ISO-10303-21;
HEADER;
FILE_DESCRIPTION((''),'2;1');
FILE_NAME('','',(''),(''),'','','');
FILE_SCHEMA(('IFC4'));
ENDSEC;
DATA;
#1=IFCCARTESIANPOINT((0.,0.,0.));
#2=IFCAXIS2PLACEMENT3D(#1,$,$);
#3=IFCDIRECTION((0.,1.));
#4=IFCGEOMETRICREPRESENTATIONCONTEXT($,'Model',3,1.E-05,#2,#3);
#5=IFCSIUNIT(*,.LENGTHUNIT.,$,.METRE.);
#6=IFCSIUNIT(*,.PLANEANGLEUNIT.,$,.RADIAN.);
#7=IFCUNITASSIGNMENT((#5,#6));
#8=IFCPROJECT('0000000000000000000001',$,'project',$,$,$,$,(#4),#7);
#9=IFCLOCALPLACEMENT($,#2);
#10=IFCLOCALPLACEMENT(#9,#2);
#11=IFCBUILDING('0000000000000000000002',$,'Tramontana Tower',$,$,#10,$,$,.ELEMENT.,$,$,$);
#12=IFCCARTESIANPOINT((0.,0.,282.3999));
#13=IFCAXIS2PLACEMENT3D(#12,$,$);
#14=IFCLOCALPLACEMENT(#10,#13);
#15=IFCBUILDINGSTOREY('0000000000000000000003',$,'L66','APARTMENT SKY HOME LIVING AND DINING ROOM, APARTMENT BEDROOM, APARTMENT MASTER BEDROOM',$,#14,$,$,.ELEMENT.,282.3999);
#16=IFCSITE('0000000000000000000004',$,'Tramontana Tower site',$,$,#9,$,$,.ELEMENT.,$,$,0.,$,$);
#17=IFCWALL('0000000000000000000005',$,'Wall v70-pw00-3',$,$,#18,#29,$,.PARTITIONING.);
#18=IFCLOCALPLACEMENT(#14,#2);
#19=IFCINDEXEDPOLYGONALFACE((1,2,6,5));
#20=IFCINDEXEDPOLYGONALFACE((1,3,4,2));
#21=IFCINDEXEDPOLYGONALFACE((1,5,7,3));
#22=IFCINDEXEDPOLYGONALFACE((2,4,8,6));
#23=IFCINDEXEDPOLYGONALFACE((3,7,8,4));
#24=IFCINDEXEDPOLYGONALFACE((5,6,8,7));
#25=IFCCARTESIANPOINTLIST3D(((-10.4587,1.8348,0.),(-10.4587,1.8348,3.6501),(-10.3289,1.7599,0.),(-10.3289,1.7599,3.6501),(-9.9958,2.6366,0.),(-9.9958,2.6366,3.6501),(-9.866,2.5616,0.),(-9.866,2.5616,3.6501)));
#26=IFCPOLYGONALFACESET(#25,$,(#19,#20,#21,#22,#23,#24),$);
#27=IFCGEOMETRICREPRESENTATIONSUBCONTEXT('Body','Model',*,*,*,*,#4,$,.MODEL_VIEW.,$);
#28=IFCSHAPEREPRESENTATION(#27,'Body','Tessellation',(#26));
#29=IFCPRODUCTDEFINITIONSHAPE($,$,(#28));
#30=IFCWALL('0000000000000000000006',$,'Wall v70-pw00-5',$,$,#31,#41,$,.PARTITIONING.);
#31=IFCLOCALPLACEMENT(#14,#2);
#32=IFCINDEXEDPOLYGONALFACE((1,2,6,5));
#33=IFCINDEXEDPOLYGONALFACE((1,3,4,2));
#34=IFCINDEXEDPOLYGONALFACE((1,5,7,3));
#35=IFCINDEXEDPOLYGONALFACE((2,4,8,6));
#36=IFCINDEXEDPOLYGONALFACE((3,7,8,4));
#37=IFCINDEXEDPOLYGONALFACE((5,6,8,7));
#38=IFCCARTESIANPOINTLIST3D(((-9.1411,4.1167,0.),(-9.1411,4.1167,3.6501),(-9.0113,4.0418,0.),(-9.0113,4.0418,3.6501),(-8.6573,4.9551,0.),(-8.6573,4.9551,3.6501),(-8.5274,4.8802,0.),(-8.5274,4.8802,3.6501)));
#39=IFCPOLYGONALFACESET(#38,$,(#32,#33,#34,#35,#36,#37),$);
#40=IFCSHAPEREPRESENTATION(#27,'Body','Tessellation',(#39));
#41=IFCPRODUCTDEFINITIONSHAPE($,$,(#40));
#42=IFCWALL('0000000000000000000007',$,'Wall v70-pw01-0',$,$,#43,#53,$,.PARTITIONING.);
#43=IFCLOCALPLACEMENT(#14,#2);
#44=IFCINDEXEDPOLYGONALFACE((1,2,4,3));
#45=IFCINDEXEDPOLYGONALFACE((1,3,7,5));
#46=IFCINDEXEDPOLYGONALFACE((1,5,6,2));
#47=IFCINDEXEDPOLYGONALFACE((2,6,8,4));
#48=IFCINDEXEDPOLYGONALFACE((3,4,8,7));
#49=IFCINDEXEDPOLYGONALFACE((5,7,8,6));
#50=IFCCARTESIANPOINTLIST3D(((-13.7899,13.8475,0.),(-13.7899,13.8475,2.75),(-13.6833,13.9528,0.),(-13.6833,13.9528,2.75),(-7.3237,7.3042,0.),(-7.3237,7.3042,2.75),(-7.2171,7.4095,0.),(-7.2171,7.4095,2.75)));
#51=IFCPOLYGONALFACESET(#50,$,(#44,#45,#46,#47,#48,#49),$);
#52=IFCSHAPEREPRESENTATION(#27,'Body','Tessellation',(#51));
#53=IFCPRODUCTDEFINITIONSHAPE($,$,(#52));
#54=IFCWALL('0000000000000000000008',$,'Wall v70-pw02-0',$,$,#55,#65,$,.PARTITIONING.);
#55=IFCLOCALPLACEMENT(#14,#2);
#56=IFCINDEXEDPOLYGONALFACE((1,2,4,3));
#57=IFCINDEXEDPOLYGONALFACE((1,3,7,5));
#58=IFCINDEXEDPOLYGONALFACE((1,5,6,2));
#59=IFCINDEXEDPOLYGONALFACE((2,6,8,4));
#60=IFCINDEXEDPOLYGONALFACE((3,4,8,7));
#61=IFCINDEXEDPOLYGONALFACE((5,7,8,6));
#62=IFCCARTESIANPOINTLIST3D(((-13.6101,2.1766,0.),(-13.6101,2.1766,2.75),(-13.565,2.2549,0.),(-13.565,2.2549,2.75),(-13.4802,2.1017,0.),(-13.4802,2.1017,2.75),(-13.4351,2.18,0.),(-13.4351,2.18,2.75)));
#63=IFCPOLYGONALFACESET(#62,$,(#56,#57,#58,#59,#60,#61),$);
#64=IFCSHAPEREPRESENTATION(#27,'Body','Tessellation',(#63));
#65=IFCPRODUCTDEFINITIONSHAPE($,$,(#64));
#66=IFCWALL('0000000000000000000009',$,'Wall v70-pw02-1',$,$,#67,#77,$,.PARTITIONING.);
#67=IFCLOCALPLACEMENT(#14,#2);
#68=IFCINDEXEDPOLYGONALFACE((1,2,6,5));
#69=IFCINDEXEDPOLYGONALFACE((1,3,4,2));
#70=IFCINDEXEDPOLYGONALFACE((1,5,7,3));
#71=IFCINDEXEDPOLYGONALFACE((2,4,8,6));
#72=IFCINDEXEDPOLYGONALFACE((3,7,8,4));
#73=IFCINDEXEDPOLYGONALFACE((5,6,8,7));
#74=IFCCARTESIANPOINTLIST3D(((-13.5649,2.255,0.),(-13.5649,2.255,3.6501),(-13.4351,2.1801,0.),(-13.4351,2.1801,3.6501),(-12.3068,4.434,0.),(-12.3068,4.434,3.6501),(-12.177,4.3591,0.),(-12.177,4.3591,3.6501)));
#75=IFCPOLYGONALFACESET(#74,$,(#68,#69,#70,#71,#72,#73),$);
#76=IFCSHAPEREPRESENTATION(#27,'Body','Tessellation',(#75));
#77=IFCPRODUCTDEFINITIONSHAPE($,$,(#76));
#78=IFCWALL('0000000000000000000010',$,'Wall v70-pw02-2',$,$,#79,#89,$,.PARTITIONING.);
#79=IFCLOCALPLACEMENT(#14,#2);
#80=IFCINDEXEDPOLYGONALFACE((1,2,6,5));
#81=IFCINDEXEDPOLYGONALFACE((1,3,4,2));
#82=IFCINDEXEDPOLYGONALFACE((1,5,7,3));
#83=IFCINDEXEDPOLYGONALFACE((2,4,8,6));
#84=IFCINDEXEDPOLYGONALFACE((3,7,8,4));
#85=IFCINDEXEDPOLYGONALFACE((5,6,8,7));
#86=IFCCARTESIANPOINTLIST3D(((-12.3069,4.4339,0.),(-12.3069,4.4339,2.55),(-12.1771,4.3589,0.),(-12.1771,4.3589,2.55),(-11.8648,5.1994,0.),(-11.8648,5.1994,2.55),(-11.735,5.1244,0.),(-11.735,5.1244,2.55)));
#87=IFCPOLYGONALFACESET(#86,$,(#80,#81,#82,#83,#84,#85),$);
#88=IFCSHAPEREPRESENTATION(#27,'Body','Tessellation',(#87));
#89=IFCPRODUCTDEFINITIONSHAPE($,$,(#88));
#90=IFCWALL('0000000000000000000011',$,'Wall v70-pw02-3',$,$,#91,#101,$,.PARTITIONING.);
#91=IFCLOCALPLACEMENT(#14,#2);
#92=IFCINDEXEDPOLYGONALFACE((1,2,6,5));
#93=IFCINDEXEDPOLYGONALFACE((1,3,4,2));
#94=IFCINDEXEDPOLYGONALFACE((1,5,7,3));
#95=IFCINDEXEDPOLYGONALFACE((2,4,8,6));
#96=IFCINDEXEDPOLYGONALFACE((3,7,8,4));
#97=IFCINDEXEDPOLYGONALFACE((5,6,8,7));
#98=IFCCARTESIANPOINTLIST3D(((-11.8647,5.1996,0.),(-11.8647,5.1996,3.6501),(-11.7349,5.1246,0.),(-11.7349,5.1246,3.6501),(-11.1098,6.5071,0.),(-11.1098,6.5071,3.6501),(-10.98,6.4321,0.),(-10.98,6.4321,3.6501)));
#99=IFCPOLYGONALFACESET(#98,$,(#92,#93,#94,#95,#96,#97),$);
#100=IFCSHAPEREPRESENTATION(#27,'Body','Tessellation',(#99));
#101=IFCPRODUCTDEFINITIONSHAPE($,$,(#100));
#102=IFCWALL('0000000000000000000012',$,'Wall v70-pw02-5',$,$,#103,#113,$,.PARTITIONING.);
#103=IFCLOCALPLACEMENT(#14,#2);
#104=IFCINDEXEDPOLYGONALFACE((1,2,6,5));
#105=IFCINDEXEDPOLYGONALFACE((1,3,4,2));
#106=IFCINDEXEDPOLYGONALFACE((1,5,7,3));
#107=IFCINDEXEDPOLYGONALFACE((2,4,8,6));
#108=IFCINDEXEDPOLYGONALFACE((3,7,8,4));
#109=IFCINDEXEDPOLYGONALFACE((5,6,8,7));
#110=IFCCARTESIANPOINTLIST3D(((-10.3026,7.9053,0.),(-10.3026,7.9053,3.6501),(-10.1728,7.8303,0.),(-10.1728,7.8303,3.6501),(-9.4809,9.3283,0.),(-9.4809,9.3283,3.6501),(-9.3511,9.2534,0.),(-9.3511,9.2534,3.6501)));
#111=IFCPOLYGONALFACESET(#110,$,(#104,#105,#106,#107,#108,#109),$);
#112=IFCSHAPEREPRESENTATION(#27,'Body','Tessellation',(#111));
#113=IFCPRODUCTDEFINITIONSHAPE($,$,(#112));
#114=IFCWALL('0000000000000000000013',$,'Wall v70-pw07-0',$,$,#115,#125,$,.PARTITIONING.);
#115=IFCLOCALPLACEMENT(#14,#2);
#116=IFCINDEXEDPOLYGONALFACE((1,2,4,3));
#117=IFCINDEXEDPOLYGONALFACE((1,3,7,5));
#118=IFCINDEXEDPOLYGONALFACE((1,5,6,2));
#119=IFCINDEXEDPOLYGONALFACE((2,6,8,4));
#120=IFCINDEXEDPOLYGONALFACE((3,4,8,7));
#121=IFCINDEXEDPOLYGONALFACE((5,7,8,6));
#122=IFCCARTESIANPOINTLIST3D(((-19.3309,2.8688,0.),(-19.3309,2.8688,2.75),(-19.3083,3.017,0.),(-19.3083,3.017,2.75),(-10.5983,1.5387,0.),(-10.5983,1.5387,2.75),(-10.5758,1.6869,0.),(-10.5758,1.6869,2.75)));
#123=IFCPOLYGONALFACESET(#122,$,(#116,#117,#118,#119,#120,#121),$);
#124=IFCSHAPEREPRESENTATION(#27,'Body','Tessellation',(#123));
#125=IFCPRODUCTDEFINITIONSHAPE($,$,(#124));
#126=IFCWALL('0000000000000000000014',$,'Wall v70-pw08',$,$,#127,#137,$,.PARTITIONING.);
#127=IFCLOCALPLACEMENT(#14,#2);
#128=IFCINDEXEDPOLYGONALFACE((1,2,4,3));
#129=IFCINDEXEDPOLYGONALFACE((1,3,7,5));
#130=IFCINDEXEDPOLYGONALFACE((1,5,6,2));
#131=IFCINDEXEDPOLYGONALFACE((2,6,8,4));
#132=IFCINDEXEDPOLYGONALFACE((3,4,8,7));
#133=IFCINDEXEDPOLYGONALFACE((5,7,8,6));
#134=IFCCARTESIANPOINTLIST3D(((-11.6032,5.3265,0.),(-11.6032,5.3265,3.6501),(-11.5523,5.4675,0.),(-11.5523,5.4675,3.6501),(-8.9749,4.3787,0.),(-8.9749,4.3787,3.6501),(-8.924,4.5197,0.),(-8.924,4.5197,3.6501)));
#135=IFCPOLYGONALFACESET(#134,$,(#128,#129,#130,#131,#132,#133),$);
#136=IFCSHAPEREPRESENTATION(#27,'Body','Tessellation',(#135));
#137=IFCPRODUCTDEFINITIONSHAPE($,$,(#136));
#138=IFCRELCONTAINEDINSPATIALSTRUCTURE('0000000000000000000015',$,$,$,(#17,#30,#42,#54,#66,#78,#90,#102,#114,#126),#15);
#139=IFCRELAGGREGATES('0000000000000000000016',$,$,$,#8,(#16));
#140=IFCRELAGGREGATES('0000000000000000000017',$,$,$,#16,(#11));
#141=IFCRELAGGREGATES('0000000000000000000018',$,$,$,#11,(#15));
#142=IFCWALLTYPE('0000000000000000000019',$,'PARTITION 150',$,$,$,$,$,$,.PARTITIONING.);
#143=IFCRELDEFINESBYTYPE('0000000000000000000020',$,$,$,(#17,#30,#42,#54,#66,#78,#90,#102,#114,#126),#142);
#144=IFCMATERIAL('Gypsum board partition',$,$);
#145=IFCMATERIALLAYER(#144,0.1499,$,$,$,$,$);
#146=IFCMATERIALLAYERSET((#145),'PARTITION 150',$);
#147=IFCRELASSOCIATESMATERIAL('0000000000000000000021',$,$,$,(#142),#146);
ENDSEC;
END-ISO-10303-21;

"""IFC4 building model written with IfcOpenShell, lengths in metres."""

from ifc_helpers import new_model, si_unit, direction, frame, frame_2d, origin, place, context, subcontext, project, spatial, rectangle, extrude, material, layer, layer_set, type_object, element, save


model = new_model("IFC4")

# Units and contexts
model_context = context("Model", 3, precision=1e-05, world=origin(), true_north=direction((0.0, 1.0)))
body_context = subcontext(model_context, "Body", "Model", "MODEL_VIEW")
ifc_project = project(units=[si_unit("LENGTHUNIT", "METRE"), si_unit("PLANEANGLEUNIT", "RADIAN")], contexts=[model_context])

# Site, building, storey
site_placement = place(None, origin())
site = spatial("IfcSite", under=ifc_project, at=site_placement, Name="Tramontana Tower site", CompositionType="ELEMENT", RefElevation=0.0)
building_placement = place(site_placement, origin())
building = spatial("IfcBuilding", under=site, at=building_placement, Name="Tramontana Tower", CompositionType="ELEMENT")
storey_placement = place(building_placement, frame((0.0, 0.0, 282.3999)))
storey = spatial("IfcBuildingStorey", under=building, at=storey_placement, Name="L66", Description="APARTMENT SKY HOME LIVING AND DINING ROOM, APARTMENT BEDROOM, APARTMENT MASTER BEDROOM", CompositionType="ELEMENT", Elevation=282.3999)

# Wall
ifc_material_1 = material(Name="Gypsum board partition")
ifc_layer_1 = layer(ifc_material_1, 0.1499)
ifc_layer_set_1 = layer_set([ifc_layer_1], Name="PARTITION 150")
wall_type_1 = type_object("IfcWallType", Name="PARTITION 150", PredefinedType="PARTITIONING", material=ifc_layer_set_1)
wall_1_placement = place(storey_placement, frame((-10.3938, 1.7974, 0.0), z_axis=(0.0, 0.0, 1.0), x_axis=(0.499996, 0.866027, 0.0)))
element("IfcWall", 1, at=wall_1_placement, inside=storey, type_object=wall_type_1, Name="Wall v70-pw00-3", PredefinedType="PARTITIONING", context=body_context, shape_type="SweptSolid", body=[
    extrude(rectangle(XDim=0.9258, YDim=0.1499, at=frame_2d((0.4629, 0.0))), origin(), (0.0, 0.0, 1.0), 3.6501),
])

# Walls
wall_2_placement = place(storey_placement, frame((-9.0762, 4.0793, 0.0), z_axis=(0.0, 0.0, 1.0), x_axis=(0.499883, 0.866093, 0.0)))
element("IfcWall", 2, at=wall_2_placement, inside=storey, type_object=wall_type_1, Name="Wall v70-pw00-5", PredefinedType="PARTITIONING", context=body_context, shape_type="SweptSolid", body=[
    extrude(rectangle(XDim=0.968, YDim=0.1499, at=frame_2d((0.4839, 0.0))), origin(), (0.0, 0.0, 1.0), 3.6501),
])
wall_3_placement = place(storey_placement, frame((-13.7366, 13.9001, 0.0), z_axis=(0.0, 0.0, 1.0), x_axis=(0.702901, -0.711288, 0.0)))
element("IfcWall", 3, at=wall_3_placement, inside=storey, type_object=wall_type_1, Name="Wall v70-pw01-0", PredefinedType="PARTITIONING", context=body_context, shape_type="SweptSolid", body=[
    extrude(rectangle(XDim=9.1992, YDim=0.1499, at=frame_2d((4.5996, 0.0))), origin(), (0.0, 0.0, 1.0), 2.75),
])
wall_4_placement = place(storey_placement, frame((-13.5452, 2.1392, 0.0), z_axis=(0.0, 0.0, 1.0), x_axis=(0.499333, 0.86641, 0.0)))
element("IfcWall", 4, at=wall_4_placement, inside=storey, type_object=wall_type_1, Name="Wall v70-pw02-0", PredefinedType="PARTITIONING", context=body_context, shape_type="SweptSolid", body=[
    extrude(rectangle(XDim=0.0903, YDim=0.1499, at=frame_2d((0.0452, 0.0))), origin(), (0.0, 0.0, 1.0), 2.75),
])
wall_5_placement = place(storey_placement, frame((-13.5, 2.2175, 0.0), z_axis=(0.0, 0.0, 1.0), x_axis=(0.500011, 0.866019, 0.0)))
element("IfcWall", 5, at=wall_5_placement, inside=storey, type_object=wall_type_1, Name="Wall v70-pw02-1", PredefinedType="PARTITIONING", context=body_context, shape_type="SweptSolid", body=[
    extrude(rectangle(XDim=2.5161, YDim=0.1499, at=frame_2d((1.2581, 0.0))), origin(), (0.0, 0.0, 1.0), 3.6501),
])
wall_6_placement = place(storey_placement, frame((-12.2419, 4.3965, 0.0), z_axis=(0.0, 0.0, 1.0), x_axis=(0.500089, 0.865974, 0.0)))
element("IfcWall", 6, at=wall_6_placement, inside=storey, type_object=wall_type_1, Name="Wall v70-pw02-2", PredefinedType="PARTITIONING", context=body_context, shape_type="SweptSolid", body=[
    extrude(rectangle(XDim=0.884, YDim=0.1499, at=frame_2d((0.4419, 0.0))), origin(), (0.0, 0.0, 1.0), 2.55),
])
wall_7_placement = place(storey_placement, frame((-11.7998, 5.1621, 0.0), z_axis=(0.0, 0.0, 1.0), x_axis=(0.500035, 0.866005, 0.0)))
element("IfcWall", 7, at=wall_7_placement, inside=storey, type_object=wall_type_1, Name="Wall v70-pw02-3", PredefinedType="PARTITIONING", context=body_context, shape_type="SweptSolid", body=[
    extrude(rectangle(XDim=1.5098, YDim=0.1499, at=frame_2d((0.7549, 0.0))), origin(), (0.0, 0.0, 1.0), 3.6501),
])

# Walls
wall_8_placement = place(storey_placement, frame((-10.2378, 7.8677, 0.0), z_axis=(0.0, 0.0, 1.0), x_axis=(0.50007, 0.865985, 0.0)))
element("IfcWall", 8, at=wall_8_placement, inside=storey, type_object=wall_type_1, Name="Wall v70-pw02-5", PredefinedType="PARTITIONING", context=body_context, shape_type="SweptSolid", body=[
    extrude(rectangle(XDim=1.6433, YDim=0.1499, at=frame_2d((0.8218, 0.0))), origin(), (0.0, 0.0, 1.0), 3.6501),
])
wall_9_placement = place(storey_placement, frame((-10.5872, 1.6128, 0.0), z_axis=(0.0, 0.0, 1.0), x_axis=(-0.988598, 0.150578, 0.0)))
element("IfcWall", 9, at=wall_9_placement, inside=storey, type_object=wall_type_1, Name="Wall v70-pw07-0", PredefinedType="PARTITIONING", context=body_context, shape_type="SweptSolid", body=[
    extrude(rectangle(XDim=8.8333, YDim=0.1499, at=frame_2d((4.4165, 0.0))), origin(), (0.0, 0.0, 1.0), 2.75),
])
wall_10_placement = place(storey_placement, frame((-8.9495, 4.4492, 0.0), z_axis=(0.0, 0.0, 1.0), x_axis=(-0.940703, 0.33923, 0.0)))
element("IfcWall", 10, at=wall_10_placement, inside=storey, type_object=wall_type_1, Name="Wall v70-pw08", PredefinedType="PARTITIONING", context=body_context, shape_type="SweptSolid", body=[
    extrude(rectangle(XDim=2.7939, YDim=0.1499, at=frame_2d((1.397, 0.0))), origin(), (0.0, 0.0, 1.0), 3.6501),
])

save(model, "model.ifc")
